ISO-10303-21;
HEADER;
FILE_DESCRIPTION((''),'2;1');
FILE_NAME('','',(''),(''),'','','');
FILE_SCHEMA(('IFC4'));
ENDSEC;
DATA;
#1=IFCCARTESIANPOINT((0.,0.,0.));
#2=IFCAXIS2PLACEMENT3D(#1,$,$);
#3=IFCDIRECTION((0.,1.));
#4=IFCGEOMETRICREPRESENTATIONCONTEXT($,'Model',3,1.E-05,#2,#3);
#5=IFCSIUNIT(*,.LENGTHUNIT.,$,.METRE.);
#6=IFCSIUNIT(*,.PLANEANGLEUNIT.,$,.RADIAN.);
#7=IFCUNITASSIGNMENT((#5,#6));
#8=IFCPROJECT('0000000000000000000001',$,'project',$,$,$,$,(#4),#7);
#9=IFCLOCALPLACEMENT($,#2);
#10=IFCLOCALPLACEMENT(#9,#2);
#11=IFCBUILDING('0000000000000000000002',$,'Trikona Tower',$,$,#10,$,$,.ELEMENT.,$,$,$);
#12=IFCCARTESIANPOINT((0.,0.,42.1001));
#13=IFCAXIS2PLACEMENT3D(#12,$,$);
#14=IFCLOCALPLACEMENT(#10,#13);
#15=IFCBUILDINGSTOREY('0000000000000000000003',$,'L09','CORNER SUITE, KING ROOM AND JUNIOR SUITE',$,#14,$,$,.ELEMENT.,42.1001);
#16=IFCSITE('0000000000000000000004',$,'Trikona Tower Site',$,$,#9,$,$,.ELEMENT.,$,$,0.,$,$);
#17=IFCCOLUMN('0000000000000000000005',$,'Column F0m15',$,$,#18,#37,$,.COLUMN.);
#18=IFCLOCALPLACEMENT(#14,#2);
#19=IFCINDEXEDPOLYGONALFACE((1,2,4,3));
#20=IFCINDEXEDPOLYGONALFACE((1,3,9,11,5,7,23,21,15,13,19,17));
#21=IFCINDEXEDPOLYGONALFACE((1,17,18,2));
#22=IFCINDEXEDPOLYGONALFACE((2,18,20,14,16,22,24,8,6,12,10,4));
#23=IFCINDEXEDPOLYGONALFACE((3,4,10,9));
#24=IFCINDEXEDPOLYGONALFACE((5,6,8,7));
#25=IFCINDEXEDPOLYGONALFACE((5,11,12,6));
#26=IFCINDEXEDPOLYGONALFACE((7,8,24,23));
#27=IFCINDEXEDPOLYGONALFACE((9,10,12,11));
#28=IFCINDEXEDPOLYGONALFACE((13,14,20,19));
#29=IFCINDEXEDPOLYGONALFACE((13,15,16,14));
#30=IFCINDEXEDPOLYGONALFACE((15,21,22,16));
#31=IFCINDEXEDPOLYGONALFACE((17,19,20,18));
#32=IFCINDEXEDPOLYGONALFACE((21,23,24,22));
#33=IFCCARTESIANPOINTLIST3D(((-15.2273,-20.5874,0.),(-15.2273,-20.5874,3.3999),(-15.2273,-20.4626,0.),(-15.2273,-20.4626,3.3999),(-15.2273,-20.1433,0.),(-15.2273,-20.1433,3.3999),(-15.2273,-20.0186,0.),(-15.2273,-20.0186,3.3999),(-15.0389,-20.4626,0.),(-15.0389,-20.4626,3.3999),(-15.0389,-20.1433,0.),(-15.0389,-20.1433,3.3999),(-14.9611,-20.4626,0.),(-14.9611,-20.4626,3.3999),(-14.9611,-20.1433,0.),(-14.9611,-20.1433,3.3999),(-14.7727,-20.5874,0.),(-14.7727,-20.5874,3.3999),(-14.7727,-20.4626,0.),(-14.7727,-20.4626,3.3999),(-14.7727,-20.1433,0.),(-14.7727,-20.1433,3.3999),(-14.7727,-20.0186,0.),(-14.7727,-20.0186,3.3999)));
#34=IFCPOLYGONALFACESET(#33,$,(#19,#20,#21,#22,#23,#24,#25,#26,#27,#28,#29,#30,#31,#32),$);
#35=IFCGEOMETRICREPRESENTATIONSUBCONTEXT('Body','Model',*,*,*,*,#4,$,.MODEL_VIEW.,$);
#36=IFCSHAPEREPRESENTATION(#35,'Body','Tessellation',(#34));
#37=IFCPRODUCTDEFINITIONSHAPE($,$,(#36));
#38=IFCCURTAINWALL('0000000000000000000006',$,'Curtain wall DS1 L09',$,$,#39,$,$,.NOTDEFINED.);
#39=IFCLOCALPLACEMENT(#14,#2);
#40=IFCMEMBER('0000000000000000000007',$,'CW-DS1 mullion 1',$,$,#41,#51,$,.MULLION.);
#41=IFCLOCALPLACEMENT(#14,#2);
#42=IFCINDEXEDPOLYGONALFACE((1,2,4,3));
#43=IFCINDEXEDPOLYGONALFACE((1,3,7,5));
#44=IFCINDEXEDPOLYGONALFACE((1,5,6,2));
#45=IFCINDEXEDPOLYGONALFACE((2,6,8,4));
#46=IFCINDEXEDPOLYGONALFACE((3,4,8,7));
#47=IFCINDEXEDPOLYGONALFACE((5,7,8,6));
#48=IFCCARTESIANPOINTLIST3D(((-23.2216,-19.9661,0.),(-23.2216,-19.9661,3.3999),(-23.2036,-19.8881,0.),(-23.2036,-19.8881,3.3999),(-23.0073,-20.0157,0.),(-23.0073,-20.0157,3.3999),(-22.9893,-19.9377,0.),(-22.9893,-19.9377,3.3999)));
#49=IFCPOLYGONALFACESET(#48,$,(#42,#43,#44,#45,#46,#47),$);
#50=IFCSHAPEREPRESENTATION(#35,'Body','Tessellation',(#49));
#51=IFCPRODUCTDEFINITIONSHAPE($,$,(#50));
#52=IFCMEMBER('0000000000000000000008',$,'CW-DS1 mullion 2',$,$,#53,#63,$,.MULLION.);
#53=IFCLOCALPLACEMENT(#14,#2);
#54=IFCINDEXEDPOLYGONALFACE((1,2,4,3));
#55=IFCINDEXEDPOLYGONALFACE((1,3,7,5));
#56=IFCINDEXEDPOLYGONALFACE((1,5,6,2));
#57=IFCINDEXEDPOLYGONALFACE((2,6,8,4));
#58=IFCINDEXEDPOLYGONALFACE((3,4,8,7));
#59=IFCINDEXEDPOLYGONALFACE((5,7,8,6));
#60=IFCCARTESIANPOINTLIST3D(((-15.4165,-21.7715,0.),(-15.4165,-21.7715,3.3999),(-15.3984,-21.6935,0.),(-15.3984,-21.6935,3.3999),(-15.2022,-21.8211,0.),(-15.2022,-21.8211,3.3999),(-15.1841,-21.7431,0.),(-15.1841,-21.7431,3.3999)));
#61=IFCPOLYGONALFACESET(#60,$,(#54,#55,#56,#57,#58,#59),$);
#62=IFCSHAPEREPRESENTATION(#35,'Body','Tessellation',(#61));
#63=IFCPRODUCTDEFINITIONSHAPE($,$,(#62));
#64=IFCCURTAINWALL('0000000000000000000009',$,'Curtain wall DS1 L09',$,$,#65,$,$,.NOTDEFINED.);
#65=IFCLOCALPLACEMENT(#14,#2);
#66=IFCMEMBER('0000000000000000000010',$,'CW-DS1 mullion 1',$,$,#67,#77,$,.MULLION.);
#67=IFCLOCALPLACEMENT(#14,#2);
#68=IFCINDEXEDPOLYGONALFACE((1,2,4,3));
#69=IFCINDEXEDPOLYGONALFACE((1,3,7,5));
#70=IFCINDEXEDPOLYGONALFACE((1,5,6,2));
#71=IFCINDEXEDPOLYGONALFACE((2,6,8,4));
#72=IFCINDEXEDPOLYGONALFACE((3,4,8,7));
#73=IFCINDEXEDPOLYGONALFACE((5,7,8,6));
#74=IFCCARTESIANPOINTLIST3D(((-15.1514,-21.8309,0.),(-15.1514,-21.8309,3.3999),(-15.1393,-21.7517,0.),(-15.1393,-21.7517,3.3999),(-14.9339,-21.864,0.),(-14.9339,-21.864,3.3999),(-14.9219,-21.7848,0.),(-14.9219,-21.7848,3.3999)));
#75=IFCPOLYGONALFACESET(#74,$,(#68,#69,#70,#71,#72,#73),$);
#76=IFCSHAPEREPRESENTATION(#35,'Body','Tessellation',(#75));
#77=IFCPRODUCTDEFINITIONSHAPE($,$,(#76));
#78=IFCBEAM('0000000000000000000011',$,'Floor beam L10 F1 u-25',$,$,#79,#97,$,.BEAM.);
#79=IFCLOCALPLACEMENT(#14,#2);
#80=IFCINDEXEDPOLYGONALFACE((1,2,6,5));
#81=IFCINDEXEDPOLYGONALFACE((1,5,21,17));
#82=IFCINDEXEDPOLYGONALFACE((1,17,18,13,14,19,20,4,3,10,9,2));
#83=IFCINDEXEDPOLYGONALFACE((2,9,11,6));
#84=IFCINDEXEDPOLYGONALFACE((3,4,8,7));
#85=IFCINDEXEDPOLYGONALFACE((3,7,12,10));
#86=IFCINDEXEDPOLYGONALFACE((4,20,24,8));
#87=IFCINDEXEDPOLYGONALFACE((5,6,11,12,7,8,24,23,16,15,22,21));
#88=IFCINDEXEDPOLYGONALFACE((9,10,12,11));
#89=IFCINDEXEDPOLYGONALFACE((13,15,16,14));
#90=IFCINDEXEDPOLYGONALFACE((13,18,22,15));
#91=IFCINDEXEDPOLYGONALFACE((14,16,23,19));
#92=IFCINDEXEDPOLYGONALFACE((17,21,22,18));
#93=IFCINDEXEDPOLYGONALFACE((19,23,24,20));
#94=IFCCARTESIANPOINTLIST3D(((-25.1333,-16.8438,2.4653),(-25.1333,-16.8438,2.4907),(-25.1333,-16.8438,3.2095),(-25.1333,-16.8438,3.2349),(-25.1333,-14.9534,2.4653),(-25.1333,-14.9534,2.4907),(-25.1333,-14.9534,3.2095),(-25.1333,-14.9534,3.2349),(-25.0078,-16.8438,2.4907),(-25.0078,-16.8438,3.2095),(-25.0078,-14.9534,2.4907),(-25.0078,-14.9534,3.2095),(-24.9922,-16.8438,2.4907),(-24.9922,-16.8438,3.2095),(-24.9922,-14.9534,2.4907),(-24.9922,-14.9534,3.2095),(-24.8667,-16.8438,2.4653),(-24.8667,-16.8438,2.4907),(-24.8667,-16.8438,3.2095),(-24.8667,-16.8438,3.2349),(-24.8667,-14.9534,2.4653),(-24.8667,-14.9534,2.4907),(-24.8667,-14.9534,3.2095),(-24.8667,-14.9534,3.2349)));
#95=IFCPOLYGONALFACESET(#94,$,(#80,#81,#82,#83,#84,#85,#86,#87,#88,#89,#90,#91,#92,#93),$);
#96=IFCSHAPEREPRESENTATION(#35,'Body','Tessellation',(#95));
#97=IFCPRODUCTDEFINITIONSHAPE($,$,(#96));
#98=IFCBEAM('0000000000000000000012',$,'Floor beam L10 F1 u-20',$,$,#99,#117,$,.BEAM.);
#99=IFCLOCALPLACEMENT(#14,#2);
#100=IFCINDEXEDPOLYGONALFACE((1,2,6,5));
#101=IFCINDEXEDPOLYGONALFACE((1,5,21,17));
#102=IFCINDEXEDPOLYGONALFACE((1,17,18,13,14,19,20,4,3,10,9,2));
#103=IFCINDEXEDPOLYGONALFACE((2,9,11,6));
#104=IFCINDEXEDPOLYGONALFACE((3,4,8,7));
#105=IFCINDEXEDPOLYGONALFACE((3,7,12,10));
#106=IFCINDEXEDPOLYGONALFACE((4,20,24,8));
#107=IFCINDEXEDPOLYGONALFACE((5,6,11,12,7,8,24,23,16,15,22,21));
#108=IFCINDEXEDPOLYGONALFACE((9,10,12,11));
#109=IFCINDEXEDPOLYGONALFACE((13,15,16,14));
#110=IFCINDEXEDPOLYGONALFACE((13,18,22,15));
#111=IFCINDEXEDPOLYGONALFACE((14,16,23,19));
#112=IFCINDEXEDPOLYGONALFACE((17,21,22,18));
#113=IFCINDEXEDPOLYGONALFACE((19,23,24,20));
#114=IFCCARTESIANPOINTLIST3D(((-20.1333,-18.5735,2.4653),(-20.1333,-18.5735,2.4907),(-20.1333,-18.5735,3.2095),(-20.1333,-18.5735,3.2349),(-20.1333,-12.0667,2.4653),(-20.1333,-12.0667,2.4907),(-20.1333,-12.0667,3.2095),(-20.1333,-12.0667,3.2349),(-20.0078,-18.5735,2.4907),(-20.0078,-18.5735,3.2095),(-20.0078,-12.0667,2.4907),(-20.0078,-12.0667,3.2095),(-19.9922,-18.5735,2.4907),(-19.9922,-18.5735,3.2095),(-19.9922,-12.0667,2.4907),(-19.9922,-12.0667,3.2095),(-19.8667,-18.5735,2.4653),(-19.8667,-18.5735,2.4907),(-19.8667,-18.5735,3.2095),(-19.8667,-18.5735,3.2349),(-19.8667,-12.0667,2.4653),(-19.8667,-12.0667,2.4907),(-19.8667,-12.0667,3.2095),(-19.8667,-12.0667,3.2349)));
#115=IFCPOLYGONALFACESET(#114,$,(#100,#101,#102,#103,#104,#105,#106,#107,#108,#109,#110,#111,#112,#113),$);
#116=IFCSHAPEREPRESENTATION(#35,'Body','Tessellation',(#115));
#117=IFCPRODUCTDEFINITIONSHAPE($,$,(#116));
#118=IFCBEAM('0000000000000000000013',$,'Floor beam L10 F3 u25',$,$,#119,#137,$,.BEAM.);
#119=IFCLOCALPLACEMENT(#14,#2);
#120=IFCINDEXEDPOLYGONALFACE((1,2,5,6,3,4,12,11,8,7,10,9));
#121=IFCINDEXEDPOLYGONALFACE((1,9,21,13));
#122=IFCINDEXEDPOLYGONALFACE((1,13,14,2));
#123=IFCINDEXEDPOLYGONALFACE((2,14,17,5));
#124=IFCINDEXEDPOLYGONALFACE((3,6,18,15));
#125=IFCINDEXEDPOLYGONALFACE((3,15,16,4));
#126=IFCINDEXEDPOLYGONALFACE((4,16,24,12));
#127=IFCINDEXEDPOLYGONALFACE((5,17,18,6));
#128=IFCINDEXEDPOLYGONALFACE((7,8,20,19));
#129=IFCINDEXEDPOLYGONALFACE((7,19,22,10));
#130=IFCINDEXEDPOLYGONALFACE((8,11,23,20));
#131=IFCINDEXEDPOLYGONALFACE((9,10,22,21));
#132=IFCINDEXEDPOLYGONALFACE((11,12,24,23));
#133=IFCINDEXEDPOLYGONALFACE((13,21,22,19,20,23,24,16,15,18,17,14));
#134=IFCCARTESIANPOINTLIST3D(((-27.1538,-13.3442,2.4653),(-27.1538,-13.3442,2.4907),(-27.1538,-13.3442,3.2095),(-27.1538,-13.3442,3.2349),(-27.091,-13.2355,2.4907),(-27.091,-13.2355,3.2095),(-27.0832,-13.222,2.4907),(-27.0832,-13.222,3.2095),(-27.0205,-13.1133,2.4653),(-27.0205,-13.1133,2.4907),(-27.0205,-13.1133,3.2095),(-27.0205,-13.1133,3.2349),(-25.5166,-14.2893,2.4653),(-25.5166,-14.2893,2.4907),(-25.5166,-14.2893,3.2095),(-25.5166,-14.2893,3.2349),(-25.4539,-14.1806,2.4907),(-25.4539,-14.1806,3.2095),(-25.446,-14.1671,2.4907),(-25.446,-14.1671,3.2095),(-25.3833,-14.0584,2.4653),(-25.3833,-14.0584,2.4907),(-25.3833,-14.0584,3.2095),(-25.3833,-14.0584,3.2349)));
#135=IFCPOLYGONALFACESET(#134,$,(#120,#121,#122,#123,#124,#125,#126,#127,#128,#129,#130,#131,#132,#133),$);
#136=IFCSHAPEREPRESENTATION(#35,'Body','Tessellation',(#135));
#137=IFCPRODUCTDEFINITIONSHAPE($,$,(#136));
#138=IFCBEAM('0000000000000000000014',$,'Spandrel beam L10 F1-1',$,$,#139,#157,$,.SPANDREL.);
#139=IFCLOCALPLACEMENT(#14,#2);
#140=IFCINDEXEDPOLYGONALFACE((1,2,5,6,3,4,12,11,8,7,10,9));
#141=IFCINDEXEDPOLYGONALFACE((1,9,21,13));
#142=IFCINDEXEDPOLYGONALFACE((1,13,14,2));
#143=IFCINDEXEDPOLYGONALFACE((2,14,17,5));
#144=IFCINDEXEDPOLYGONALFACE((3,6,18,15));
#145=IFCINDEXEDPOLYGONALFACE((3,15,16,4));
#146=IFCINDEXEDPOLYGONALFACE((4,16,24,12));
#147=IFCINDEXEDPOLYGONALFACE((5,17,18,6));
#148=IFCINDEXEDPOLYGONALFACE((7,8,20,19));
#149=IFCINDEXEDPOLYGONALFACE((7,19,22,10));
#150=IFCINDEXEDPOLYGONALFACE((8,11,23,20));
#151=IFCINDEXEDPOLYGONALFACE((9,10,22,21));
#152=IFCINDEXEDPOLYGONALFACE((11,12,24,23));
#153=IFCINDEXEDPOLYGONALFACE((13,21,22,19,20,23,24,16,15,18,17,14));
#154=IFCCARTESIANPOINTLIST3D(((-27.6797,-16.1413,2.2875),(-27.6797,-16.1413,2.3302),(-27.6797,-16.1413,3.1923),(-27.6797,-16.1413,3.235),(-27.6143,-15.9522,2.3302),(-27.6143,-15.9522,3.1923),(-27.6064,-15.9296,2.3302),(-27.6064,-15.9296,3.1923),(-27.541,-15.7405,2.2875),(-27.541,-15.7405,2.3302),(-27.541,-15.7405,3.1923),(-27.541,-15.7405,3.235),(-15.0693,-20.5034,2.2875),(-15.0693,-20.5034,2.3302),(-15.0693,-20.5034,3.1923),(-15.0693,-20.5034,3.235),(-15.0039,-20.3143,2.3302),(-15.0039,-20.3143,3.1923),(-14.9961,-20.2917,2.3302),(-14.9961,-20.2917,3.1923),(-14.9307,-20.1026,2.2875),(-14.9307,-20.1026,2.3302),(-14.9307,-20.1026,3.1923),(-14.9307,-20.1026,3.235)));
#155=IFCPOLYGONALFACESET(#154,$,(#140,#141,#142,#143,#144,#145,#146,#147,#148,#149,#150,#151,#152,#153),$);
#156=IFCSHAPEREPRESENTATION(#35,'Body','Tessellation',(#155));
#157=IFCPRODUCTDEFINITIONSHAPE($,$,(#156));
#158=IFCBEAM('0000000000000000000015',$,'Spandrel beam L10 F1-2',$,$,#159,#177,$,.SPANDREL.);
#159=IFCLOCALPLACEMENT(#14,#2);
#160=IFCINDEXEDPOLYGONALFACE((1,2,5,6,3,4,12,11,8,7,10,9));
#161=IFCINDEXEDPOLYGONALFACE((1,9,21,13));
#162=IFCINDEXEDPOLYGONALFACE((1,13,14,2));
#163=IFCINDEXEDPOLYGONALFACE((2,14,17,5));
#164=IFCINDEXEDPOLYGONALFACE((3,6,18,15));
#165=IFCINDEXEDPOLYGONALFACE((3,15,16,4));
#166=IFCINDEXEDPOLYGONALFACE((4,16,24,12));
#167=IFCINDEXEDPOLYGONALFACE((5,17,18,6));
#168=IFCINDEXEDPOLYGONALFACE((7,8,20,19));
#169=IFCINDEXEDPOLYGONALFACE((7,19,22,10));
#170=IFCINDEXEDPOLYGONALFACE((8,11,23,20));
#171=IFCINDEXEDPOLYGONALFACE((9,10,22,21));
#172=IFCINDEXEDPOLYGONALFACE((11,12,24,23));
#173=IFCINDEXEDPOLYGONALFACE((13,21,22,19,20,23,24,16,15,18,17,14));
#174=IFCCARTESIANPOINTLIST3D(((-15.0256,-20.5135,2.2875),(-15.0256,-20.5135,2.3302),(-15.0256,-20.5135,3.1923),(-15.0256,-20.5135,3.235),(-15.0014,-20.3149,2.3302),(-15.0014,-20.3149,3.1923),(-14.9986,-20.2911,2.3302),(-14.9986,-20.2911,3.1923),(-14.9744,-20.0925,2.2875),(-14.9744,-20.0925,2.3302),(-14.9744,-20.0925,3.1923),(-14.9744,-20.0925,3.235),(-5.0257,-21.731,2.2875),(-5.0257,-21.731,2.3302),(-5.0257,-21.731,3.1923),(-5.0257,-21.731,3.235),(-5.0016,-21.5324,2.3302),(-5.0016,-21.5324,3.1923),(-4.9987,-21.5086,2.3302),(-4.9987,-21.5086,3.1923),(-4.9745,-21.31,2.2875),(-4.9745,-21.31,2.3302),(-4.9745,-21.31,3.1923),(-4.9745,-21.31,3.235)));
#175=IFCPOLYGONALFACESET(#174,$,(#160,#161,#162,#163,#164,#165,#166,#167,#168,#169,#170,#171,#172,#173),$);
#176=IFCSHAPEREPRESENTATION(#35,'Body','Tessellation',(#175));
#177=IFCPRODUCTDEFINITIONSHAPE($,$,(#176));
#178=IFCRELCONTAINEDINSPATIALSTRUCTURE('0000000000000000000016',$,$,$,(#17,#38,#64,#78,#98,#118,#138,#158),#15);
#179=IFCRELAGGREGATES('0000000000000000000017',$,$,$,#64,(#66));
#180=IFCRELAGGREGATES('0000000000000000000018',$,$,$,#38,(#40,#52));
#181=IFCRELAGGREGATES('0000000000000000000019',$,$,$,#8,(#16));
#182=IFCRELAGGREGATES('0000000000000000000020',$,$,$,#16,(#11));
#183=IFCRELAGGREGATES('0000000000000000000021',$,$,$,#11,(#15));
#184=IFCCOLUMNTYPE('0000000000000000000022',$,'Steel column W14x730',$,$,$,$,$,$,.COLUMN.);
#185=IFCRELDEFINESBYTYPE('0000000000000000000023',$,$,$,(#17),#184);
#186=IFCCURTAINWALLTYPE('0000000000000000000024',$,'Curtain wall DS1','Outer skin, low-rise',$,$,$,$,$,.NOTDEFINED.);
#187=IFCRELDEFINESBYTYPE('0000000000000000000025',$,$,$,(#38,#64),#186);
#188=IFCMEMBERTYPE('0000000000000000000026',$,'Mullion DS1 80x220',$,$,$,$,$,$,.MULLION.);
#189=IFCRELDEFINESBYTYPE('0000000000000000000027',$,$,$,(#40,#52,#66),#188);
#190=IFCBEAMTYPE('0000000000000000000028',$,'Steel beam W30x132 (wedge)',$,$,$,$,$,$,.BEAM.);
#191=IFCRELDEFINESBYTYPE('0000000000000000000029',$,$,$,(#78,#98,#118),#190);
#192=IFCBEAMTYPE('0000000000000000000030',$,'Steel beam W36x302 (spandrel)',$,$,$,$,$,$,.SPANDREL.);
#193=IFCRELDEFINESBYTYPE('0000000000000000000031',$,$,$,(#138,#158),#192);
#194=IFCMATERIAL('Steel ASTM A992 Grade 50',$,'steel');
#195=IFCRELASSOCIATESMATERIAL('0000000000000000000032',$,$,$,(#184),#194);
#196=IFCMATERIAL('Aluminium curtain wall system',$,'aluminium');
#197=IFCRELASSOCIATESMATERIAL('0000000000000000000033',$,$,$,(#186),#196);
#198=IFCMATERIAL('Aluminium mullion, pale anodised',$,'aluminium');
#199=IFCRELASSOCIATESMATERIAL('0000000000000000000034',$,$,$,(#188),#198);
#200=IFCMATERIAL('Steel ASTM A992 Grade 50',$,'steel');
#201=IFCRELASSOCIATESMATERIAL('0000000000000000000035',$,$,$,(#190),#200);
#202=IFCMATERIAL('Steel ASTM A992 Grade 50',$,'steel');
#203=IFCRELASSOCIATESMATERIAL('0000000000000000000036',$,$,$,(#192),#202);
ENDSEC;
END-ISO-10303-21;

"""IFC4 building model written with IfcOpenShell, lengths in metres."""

from ifc_helpers import new_model, si_unit, direction, frame, origin, origin_2d, place, context, subcontext, project, spatial, rectangle, i_section, extrude, material, material_profile, profile_set, type_object, element, aggregate, save


model = new_model("IFC4")

# Units and contexts
model_context = context("Model", 3, precision=1e-05, world=origin(), true_north=direction((0.0, 1.0)))
body_context = subcontext(model_context, "Body", "Model", "MODEL_VIEW")
ifc_project = project(units=[si_unit("LENGTHUNIT", "METRE"), si_unit("PLANEANGLEUNIT", "RADIAN")], contexts=[model_context])

# Site, building, storey
site_placement = place(None, origin())
site = spatial("IfcSite", under=ifc_project, at=site_placement, Name="Trikona Tower Site", CompositionType="ELEMENT", RefElevation=0.0)
building_placement = place(site_placement, origin())
building = spatial("IfcBuilding", under=site, at=building_placement, Name="Trikona Tower", CompositionType="ELEMENT")
storey_placement = place(building_placement, frame((0.0, 0.0, 42.1001)))
storey = spatial("IfcBuildingStorey", under=building, at=storey_placement, Name="L09", Description="CORNER SUITE, KING ROOM AND JUNIOR SUITE", CompositionType="ELEMENT", Elevation=42.1001)

# Column
ifc_material_1 = material(Name="Steel ASTM A992 Grade 50", Category="steel")
ifc_material_profile_1 = material_profile(ifc_material_1, i_section(OverallWidth=0.4546, OverallDepth=0.5688, WebThickness=0.0779, FlangeThickness=0.1248, at=origin_2d()), Name="W14X730")
ifc_profile_set_1 = profile_set([ifc_material_profile_1], Name="Steel ASTM A992 Grade 50")
column_type = type_object("IfcColumnType", Name="Steel column W14x730", PredefinedType="COLUMN", material=ifc_profile_set_1)
column_placement = place(storey_placement, frame((-15.0, -20.303, 0.0), z_axis=(0.0, 0.0, 1.0), x_axis=(1.0, 0.0, 0.0)))
element("IfcColumn", 1, at=column_placement, inside=storey, type_object=column_type, Name="Column F0m15", PredefinedType="COLUMN", context=body_context, shape_type="SweptSolid", body=[
    extrude(i_section(OverallWidth=0.4546, OverallDepth=0.5688, WebThickness=0.0779, FlangeThickness=0.1248, at=origin_2d()), origin(), (0.0, 0.0, 1.0), 3.3999),
])

# Curtain wall, members
ifc_material_2 = material(Name="Aluminium curtain wall system", Category="aluminium")
curtain_wall_type = type_object("IfcCurtainWallType", Name="Curtain wall DS1", Description="Outer skin, low-rise", PredefinedType="NOTDEFINED", material=ifc_material_2)
curtain_wall_1_placement = place(storey_placement, origin())
curtain_wall_1 = element("IfcCurtainWall", 2, at=curtain_wall_1_placement, inside=storey, type_object=curtain_wall_type, Name="Curtain wall DS1 L09", PredefinedType="NOTDEFINED")
ifc_material_3 = material(Name="Aluminium mullion, pale anodised", Category="aluminium")
ifc_material_profile_2 = material_profile(ifc_material_3, rectangle(XDim=0.0801, YDim=0.22, at=origin_2d()), Name="MUL-DS1")
ifc_profile_set_2 = profile_set([ifc_material_profile_2], Name="Aluminium mullion, pale anodised")
member_type_1 = type_object("IfcMemberType", Name="Mullion DS1 80x220", PredefinedType="MULLION", material=ifc_profile_set_2)
member_1_placement = place(storey_placement, frame((-23.1055, -19.9519, 0.0), z_axis=(0.0, 0.0, 1.0), x_axis=(0.225343, 0.974279, 0.0)))
member_1 = element("IfcMember", 3, at=member_1_placement, type_object=member_type_1, Name="CW-DS1 mullion 1", PredefinedType="MULLION", context=body_context, shape_type="SweptSolid", body=[
    extrude(rectangle(XDim=0.0801, YDim=0.22, at=origin_2d()), origin(), (0.0, 0.0, 1.0), 3.3999),
])
member_2_placement = place(storey_placement, frame((-15.3003, -21.7573, 0.0), z_axis=(0.0, 0.0, 1.0), x_axis=(0.225343, 0.974279, 0.0)))
member_2 = element("IfcMember", 4, at=member_2_placement, type_object=member_type_1, Name="CW-DS1 mullion 2", PredefinedType="MULLION", context=body_context, shape_type="SweptSolid", body=[
    extrude(rectangle(XDim=0.0801, YDim=0.22, at=origin_2d()), origin(), (0.0, 0.0, 1.0), 3.3999),
])

# Curtain wall, member
curtain_wall_2_placement = place(storey_placement, origin())
curtain_wall_2 = element("IfcCurtainWall", 5, at=curtain_wall_2_placement, inside=storey, type_object=curtain_wall_type, Name="Curtain wall DS1 L09", PredefinedType="NOTDEFINED")
member_3_placement = place(storey_placement, frame((-15.0366, -21.8079, 0.0), z_axis=(0.0, 0.0, 1.0), x_axis=(0.150438, 0.988619, 0.0)))
member_3 = element("IfcMember", 6, at=member_3_placement, type_object=member_type_1, Name="CW-DS1 mullion 1", PredefinedType="MULLION", context=body_context, shape_type="SweptSolid", body=[
    extrude(rectangle(XDim=0.0801, YDim=0.22, at=origin_2d()), origin(), (0.0, 0.0, 1.0), 3.3999),
])
aggregate(curtain_wall_2, [member_3])

# Beams
ifc_material_4 = material(Name="Steel ASTM A992 Grade 50", Category="steel")
ifc_material_profile_3 = material_profile(ifc_material_4, i_section(OverallWidth=0.2666, OverallDepth=0.7695, WebThickness=0.0156, FlangeThickness=0.0254, at=origin_2d()), Name="W30X132")
ifc_profile_set_3 = profile_set([ifc_material_profile_3], Name="Steel ASTM A992 Grade 50")
beam_type_1 = type_object("IfcBeamType", Name="Steel beam W30x132 (wedge)", PredefinedType="BEAM", material=ifc_profile_set_3)
beam_1_placement = place(storey_placement, frame((-25.0, -14.9534, 2.8501), z_axis=(0.0, -1.0, 0.0), x_axis=(1.0, 0.0, 0.0)))
element("IfcBeam", 7, at=beam_1_placement, inside=storey, type_object=beam_type_1, Name="Floor beam L10 F1 u-25", PredefinedType="BEAM", context=body_context, shape_type="SweptSolid", body=[
    extrude(i_section(OverallWidth=0.2666, OverallDepth=0.7695, WebThickness=0.0156, FlangeThickness=0.0254, at=origin_2d()), origin(), (0.0, 0.0, 1.0), 1.8904),
])
beam_2_placement = place(storey_placement, frame((-20.0, -12.0667, 2.8501), z_axis=(0.0, -1.0, 0.0), x_axis=(1.0, 0.0, 0.0)))
element("IfcBeam", 8, at=beam_2_placement, inside=storey, type_object=beam_type_1, Name="Floor beam L10 F1 u-20", PredefinedType="BEAM", context=body_context, shape_type="SweptSolid", body=[
    extrude(i_section(OverallWidth=0.2666, OverallDepth=0.7695, WebThickness=0.0156, FlangeThickness=0.0254, at=origin_2d()), origin(), (0.0, 0.0, 1.0), 6.5068),
])
beam_3_placement = place(storey_placement, frame((-25.45, -14.1738, 2.8501), z_axis=(-0.866065, 0.499931, 0.0), x_axis=(-0.499931, -0.866065, 0.0)))
element("IfcBeam", 9, at=beam_3_placement, inside=storey, type_object=beam_type_1, Name="Floor beam L10 F3 u25", PredefinedType="BEAM", context=body_context, shape_type="SweptSolid", body=[
    extrude(i_section(OverallWidth=0.2666, OverallDepth=0.7695, WebThickness=0.0156, FlangeThickness=0.0254, at=origin_2d()), origin(), (0.0, 0.0, 1.0), 1.8904),
])
ifc_material_5 = material(Name="Steel ASTM A992 Grade 50", Category="steel")
ifc_material_profile_4 = material_profile(ifc_material_5, i_section(OverallWidth=0.4241, OverallDepth=0.9475, WebThickness=0.0239, FlangeThickness=0.0427, at=origin_2d()), Name="W36X302")
ifc_profile_set_4 = profile_set([ifc_material_profile_4], Name="Steel ASTM A992 Grade 50")
beam_type_2 = type_object("IfcBeamType", Name="Steel beam W36x302 (spandrel)", PredefinedType="SPANDREL", material=ifc_profile_set_4)
beam_4_placement = place(storey_placement, frame((-27.6104, -15.9409, 2.7612), z_axis=(0.945057, -0.326906, 0.0), x_axis=(0.326906, 0.945057, 0.0)))
element("IfcBeam", 10, at=beam_4_placement, inside=storey, type_object=beam_type_2, Name="Spandrel beam L10 F1-1", PredefinedType="SPANDREL", context=body_context, shape_type="SweptSolid", body=[
    extrude(i_section(OverallWidth=0.4241, OverallDepth=0.9475, WebThickness=0.0239, FlangeThickness=0.0427, at=origin_2d()), origin(), (0.0, 0.0, 1.0), 13.3435),
])
beam_5_placement = place(storey_placement, frame((-15.0, -20.303, 2.7612), z_axis=(0.99267, -0.12086, 0.0), x_axis=(0.12086, 0.99267, 0.0)))
element("IfcBeam", 11, at=beam_5_placement, inside=storey, type_object=beam_type_2, Name="Spandrel beam L10 F1-2", PredefinedType="SPANDREL", context=body_context, shape_type="SweptSolid", body=[
    extrude(i_section(OverallWidth=0.4241, OverallDepth=0.9475, WebThickness=0.0239, FlangeThickness=0.0427, at=origin_2d()), origin(), (0.0, 0.0, 1.0), 10.0737),
])

aggregate(curtain_wall_1, [member_1, member_2])

save(model, "model.ifc")
